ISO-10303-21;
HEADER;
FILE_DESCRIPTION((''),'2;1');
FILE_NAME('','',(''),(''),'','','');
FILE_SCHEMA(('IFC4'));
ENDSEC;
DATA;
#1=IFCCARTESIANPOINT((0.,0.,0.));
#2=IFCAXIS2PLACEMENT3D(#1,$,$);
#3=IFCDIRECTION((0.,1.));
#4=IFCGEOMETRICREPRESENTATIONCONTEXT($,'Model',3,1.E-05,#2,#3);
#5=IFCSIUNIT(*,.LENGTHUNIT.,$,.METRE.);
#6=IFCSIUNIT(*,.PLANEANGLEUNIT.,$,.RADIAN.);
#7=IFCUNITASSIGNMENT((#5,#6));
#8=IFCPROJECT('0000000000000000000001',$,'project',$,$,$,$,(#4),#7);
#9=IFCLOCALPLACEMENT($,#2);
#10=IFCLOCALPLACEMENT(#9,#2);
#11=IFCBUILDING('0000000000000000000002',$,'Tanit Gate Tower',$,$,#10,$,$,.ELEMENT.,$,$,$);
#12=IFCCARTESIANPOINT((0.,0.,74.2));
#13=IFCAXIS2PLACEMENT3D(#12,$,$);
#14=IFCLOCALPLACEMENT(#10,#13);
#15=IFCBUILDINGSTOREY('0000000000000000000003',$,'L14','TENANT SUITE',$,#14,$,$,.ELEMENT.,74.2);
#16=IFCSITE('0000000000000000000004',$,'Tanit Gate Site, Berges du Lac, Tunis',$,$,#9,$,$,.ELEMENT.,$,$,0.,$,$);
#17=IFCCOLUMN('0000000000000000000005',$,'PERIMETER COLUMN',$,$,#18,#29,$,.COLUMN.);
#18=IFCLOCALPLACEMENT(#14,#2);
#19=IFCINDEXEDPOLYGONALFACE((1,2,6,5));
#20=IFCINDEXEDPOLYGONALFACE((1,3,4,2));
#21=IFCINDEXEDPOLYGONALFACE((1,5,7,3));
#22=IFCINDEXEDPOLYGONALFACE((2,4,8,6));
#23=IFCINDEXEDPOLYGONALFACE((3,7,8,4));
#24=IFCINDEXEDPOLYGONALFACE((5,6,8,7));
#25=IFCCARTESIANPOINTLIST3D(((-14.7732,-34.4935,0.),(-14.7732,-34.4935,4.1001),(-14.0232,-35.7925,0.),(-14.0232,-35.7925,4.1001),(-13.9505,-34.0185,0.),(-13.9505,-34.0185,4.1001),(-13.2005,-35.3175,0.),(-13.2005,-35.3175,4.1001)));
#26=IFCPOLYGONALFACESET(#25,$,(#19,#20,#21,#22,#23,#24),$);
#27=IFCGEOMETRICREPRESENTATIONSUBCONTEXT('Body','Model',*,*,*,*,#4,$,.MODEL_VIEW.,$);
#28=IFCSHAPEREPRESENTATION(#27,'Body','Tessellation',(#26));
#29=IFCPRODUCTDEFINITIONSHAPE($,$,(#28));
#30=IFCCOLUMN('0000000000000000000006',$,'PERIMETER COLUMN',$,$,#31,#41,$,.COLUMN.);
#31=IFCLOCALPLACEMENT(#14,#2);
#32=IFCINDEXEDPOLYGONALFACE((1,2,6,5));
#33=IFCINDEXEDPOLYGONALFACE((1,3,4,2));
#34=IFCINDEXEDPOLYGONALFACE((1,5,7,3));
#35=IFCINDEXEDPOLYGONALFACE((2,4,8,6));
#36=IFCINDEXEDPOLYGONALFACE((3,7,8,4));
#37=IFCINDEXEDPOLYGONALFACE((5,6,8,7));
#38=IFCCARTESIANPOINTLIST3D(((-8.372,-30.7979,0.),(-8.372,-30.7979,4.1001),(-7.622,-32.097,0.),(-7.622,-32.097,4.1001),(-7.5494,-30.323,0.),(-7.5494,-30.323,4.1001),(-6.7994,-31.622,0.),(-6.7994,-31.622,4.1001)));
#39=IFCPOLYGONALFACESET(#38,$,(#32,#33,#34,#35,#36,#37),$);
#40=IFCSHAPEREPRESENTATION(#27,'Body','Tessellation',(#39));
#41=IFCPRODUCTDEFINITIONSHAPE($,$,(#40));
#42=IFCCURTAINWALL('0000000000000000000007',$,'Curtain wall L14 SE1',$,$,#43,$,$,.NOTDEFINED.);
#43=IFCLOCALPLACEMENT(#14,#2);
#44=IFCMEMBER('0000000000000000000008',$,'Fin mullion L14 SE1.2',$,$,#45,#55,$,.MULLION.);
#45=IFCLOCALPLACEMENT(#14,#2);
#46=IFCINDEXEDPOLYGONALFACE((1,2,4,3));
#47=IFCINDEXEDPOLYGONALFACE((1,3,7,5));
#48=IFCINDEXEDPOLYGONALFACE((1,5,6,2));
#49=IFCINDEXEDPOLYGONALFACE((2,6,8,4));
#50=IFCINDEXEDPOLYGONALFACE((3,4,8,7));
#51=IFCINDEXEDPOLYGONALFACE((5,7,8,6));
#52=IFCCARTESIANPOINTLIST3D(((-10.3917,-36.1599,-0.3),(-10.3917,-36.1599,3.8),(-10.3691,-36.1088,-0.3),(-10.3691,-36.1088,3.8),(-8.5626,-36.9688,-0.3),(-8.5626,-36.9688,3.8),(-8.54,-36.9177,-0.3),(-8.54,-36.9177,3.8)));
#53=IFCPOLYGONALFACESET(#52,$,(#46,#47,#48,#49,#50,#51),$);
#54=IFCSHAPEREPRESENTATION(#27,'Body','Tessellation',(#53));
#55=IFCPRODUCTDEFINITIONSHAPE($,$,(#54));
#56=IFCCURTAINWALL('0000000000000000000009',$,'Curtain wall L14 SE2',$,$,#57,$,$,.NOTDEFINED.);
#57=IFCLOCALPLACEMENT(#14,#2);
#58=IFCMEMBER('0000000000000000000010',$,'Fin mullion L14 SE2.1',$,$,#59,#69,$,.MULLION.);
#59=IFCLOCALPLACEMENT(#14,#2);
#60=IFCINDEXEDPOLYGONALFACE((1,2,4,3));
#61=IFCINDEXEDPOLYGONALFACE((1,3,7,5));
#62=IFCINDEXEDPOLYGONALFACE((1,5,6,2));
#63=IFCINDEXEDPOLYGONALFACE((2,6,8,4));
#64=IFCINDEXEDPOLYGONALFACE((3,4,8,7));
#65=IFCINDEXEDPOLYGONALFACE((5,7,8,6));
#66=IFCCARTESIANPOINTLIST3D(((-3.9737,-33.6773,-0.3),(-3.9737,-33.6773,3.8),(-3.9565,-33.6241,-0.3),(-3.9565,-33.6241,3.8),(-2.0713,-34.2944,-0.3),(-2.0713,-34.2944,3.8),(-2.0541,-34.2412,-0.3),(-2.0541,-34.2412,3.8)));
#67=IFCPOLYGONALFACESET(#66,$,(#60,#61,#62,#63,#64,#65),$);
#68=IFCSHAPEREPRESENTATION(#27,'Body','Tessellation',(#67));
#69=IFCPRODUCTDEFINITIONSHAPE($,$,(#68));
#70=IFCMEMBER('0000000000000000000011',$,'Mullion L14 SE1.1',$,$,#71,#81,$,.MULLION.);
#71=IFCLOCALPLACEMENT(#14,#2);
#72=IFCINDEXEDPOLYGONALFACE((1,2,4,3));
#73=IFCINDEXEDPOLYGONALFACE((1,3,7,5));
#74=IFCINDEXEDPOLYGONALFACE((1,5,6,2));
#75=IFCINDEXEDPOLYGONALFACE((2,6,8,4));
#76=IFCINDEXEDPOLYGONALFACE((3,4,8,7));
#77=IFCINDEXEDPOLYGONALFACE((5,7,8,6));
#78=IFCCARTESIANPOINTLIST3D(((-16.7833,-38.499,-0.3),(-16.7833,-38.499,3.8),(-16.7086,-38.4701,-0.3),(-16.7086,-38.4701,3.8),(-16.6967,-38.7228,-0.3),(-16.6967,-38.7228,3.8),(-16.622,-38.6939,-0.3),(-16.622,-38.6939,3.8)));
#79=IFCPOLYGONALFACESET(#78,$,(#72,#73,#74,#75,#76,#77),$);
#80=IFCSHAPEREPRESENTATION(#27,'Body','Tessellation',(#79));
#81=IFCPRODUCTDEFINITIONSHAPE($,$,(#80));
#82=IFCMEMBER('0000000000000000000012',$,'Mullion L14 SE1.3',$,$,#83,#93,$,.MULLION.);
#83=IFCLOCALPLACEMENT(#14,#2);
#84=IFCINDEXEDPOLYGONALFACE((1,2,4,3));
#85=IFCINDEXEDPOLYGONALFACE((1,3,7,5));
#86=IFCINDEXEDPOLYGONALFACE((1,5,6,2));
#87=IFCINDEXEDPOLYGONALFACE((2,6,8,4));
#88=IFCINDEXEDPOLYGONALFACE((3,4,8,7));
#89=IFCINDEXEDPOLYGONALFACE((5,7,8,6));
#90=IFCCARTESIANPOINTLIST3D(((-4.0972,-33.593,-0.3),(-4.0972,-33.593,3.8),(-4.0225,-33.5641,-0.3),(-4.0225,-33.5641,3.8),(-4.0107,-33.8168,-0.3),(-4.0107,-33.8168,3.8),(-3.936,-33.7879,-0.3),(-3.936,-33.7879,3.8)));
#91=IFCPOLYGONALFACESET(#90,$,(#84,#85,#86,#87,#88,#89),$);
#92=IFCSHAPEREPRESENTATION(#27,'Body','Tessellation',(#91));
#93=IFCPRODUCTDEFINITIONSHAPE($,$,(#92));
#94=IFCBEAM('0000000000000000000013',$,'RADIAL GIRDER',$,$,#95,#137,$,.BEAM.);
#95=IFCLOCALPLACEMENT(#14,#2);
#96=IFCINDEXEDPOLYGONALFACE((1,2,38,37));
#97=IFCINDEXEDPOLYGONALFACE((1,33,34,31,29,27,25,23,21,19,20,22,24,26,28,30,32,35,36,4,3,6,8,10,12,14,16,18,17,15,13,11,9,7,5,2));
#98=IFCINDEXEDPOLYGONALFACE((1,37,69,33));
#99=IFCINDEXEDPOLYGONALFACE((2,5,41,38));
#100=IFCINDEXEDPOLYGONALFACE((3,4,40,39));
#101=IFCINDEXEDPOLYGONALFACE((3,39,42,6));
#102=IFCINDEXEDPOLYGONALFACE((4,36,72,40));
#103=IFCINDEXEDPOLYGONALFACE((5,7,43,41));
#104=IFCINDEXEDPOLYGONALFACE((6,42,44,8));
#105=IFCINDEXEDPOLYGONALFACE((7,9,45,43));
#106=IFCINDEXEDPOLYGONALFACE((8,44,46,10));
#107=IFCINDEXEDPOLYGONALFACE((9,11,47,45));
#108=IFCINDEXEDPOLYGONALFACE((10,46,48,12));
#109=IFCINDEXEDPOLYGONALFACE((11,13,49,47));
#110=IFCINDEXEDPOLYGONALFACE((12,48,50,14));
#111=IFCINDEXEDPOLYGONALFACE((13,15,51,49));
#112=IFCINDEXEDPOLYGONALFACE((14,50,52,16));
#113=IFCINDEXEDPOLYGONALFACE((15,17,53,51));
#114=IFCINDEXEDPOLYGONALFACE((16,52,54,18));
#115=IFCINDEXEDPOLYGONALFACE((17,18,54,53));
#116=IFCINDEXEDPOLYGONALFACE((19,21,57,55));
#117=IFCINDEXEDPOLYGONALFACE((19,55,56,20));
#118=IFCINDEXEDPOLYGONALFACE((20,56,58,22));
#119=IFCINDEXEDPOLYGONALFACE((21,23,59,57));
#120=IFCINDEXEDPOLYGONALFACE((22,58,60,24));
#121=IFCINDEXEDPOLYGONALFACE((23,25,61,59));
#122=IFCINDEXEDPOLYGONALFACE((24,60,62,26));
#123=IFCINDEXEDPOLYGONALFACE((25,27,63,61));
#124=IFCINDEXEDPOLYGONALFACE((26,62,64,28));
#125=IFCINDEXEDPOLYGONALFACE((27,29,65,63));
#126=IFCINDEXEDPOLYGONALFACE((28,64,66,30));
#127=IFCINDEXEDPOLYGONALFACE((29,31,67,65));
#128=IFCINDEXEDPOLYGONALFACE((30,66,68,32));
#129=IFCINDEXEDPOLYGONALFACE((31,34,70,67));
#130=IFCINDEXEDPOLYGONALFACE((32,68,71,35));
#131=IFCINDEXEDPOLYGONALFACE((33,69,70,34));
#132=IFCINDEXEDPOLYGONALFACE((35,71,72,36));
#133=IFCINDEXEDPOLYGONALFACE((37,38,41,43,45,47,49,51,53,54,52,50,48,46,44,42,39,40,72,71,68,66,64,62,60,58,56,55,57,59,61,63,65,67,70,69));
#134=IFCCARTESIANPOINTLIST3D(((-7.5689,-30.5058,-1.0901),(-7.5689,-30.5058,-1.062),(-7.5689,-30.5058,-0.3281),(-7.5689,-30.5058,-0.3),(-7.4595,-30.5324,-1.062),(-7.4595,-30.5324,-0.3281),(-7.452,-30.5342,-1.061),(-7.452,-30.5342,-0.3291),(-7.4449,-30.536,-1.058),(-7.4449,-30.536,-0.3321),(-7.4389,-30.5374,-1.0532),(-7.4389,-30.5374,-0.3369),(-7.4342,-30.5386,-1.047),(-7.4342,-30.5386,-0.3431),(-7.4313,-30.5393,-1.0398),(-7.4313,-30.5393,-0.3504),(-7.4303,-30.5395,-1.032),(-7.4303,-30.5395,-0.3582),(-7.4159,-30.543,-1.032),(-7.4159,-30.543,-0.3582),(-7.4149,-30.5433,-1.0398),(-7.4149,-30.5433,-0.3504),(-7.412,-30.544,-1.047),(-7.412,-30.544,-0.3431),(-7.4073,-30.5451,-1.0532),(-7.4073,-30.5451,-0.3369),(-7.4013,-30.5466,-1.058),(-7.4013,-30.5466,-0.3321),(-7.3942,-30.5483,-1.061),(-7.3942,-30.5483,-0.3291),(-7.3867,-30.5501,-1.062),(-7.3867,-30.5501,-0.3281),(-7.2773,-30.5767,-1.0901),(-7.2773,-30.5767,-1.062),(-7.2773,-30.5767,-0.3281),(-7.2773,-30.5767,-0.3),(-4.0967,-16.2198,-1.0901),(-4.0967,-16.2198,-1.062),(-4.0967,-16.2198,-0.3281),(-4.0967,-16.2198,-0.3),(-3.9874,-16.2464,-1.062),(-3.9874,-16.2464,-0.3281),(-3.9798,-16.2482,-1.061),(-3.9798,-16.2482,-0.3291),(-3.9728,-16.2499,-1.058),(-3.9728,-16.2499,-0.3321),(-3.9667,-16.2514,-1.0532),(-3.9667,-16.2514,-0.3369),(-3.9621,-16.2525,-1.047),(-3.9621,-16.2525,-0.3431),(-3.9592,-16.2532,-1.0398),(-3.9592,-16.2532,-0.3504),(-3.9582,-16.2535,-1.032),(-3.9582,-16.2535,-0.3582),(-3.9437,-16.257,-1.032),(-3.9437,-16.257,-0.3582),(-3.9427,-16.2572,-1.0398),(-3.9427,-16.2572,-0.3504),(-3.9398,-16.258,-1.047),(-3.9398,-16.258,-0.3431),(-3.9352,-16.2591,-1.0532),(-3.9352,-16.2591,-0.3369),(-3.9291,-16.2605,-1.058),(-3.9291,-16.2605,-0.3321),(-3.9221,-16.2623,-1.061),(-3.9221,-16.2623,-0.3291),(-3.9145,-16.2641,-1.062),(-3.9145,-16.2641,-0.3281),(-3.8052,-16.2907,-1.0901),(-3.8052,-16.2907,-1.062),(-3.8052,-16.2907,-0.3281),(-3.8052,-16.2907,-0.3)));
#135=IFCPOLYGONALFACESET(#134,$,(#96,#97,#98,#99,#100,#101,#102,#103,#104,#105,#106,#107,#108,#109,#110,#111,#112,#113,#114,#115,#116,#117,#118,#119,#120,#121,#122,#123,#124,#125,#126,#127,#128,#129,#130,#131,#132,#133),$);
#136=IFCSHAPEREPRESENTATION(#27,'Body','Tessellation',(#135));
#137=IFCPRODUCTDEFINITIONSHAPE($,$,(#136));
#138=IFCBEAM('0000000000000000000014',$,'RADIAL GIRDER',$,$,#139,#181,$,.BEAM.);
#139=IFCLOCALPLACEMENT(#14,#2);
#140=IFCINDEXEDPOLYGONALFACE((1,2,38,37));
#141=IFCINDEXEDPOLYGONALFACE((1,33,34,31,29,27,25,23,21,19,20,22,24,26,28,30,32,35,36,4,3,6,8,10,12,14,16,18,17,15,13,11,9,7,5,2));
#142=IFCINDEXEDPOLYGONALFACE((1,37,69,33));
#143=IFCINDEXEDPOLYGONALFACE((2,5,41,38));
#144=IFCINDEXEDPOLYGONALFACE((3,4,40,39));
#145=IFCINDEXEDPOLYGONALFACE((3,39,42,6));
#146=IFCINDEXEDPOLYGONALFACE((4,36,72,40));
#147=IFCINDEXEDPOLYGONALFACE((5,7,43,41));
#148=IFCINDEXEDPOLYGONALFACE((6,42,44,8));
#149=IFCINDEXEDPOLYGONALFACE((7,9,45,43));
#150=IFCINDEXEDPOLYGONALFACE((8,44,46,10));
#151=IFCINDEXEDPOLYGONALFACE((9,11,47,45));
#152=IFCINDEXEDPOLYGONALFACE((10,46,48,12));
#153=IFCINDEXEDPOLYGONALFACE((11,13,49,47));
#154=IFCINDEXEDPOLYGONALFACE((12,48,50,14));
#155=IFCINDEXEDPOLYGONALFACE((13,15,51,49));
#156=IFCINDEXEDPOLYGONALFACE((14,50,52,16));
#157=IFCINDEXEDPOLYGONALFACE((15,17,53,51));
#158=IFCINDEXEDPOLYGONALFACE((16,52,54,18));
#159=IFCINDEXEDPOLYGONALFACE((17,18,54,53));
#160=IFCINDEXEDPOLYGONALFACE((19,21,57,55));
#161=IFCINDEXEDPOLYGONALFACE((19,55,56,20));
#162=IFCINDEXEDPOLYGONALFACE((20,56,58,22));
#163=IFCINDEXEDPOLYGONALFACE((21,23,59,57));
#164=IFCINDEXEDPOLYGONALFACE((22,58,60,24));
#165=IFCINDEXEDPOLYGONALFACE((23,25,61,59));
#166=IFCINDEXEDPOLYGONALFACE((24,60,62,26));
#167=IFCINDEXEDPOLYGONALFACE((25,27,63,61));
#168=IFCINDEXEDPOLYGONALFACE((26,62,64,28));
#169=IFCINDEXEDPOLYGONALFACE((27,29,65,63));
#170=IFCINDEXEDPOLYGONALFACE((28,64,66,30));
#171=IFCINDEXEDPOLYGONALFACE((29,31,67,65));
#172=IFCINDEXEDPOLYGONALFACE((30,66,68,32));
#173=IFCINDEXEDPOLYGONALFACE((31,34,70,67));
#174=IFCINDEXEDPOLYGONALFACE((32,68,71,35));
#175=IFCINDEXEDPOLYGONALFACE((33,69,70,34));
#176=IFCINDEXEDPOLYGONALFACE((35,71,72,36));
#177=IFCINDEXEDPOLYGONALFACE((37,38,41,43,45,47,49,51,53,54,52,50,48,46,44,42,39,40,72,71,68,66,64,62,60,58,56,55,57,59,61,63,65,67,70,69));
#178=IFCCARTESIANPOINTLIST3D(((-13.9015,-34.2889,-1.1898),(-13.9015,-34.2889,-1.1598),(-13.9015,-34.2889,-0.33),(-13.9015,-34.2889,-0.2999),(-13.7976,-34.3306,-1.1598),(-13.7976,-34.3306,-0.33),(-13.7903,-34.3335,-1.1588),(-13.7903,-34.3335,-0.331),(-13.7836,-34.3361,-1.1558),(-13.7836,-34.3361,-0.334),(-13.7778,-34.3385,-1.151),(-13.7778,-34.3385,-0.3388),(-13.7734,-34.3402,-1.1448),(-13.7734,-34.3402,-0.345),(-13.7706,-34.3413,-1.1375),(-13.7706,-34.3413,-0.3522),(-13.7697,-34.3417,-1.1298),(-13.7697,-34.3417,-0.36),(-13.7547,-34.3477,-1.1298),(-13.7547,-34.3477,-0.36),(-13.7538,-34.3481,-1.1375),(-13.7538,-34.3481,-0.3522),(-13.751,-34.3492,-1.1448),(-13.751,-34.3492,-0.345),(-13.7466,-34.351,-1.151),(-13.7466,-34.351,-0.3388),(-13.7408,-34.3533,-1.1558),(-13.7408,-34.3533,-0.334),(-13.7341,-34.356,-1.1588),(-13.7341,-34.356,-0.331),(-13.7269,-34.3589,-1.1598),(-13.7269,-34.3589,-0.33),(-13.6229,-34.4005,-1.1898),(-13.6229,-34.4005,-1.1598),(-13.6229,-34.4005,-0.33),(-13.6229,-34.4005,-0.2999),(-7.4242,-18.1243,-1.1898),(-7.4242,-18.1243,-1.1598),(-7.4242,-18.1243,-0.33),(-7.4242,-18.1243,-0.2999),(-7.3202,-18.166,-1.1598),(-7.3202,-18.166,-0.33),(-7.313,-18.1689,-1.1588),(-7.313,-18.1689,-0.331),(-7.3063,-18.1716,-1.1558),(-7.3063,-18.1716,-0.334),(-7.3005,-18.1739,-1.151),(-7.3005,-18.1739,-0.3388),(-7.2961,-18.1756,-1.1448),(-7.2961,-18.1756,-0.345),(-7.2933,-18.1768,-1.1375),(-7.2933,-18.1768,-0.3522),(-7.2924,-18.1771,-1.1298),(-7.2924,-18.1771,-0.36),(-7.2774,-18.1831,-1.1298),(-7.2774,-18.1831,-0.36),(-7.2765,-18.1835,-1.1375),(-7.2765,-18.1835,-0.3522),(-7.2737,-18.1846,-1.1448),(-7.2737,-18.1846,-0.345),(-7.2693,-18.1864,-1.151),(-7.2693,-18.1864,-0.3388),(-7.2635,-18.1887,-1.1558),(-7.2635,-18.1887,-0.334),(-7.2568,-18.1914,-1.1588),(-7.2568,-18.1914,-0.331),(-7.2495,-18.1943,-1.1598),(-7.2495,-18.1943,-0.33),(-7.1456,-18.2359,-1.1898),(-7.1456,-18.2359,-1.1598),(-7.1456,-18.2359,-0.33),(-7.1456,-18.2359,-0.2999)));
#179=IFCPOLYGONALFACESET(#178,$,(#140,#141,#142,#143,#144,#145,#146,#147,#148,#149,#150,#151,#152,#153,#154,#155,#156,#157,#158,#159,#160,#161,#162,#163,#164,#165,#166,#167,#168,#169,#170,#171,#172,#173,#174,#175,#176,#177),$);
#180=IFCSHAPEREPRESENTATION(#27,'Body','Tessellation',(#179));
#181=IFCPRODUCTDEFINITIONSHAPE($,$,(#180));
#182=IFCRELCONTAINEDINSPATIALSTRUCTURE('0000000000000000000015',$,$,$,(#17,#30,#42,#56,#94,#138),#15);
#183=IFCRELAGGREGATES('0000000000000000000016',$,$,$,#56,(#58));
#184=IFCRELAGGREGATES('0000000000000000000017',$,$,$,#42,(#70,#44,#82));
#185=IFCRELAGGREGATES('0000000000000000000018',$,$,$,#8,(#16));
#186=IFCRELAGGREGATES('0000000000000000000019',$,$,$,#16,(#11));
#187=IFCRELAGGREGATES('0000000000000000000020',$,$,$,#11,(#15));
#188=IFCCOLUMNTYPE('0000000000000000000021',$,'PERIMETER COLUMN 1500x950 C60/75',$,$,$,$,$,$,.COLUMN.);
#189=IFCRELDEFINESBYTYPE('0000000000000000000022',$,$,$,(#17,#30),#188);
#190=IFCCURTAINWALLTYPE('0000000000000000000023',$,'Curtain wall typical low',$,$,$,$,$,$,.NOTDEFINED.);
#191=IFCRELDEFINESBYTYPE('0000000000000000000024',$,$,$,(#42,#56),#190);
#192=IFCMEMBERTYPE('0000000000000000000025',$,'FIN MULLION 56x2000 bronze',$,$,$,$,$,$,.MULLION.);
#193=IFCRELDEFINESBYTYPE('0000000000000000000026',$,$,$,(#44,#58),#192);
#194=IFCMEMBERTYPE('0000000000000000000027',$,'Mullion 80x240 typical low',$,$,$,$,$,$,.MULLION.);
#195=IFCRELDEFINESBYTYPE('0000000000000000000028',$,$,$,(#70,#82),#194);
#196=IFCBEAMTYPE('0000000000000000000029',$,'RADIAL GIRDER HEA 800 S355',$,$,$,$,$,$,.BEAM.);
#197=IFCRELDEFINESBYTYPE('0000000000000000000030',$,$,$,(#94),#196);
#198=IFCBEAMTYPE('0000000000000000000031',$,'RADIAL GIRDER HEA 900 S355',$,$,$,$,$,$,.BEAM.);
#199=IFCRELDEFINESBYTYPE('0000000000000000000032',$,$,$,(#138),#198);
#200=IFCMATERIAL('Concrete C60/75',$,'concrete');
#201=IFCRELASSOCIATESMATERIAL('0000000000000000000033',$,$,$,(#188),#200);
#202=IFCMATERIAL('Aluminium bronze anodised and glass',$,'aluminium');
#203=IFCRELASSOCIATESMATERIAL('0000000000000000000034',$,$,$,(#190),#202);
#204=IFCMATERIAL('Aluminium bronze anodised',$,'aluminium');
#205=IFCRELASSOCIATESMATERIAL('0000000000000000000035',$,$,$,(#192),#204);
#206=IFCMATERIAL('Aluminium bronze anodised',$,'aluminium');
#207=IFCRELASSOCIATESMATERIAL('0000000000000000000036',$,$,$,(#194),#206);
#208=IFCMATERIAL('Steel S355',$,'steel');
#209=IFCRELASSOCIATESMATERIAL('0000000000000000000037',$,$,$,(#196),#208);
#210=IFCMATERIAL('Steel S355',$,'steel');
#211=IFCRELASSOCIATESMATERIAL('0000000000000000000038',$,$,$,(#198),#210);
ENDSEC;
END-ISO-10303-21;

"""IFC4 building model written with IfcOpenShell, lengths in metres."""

from ifc_helpers import new_model, si_unit, direction, frame, origin, origin_2d, place, context, subcontext, project, spatial, rectangle, i_section, extrude, material, material_profile, profile_set, type_object, element, aggregate, save


model = new_model("IFC4")

# Units and contexts
model_context = context("Model", 3, precision=1e-05, world=origin(), true_north=direction((0.0, 1.0)))
body_context = subcontext(model_context, "Body", "Model", "MODEL_VIEW")
ifc_project = project(units=[si_unit("LENGTHUNIT", "METRE"), si_unit("PLANEANGLEUNIT", "RADIAN")], contexts=[model_context])

# Site, building, storey
site_placement = place(None, origin())
site = spatial("IfcSite", under=ifc_project, at=site_placement, Name="Tanit Gate Site, Berges du Lac, Tunis", CompositionType="ELEMENT", RefElevation=0.0)
building_placement = place(site_placement, origin())
building = spatial("IfcBuilding", under=site, at=building_placement, Name="Tanit Gate Tower", CompositionType="ELEMENT")
storey_placement = place(building_placement, frame((0.0, 0.0, 74.2)))
storey = spatial("IfcBuildingStorey", under=building, at=storey_placement, Name="L14", Description="TENANT SUITE", CompositionType="ELEMENT", Elevation=74.2)

# Columns
ifc_material_1 = material(Name="Concrete C60/75", Category="concrete")
ifc_material_profile_1 = material_profile(ifc_material_1, rectangle(XDim=1.5, YDim=0.95, at=origin_2d()), Name="RC 1500x950")
ifc_profile_set_1 = profile_set([ifc_material_profile_1], Name="Concrete C60/75")
column_type = type_object("IfcColumnType", Name="PERIMETER COLUMN 1500x950 C60/75", PredefinedType="COLUMN", material=ifc_profile_set_1)
for number, where, z_axis, x_axis, name in (
    (1, (-13.9868, -34.9055, 0.0), (0.0, 0.0, 1.0), (0.5, -0.866025, 0.0), "PERIMETER COLUMN"),
    (2, (-7.5857, -31.21, 0.0), (0.0, 0.0, 1.0), (0.5, -0.866025, 0.0), "PERIMETER COLUMN"),
):
    element("IfcColumn", number, at=place(storey_placement, frame(where, z_axis=z_axis, x_axis=x_axis)), inside=storey, type_object=column_type, Name=name, PredefinedType="COLUMN", context=body_context, shape_type="SweptSolid", body=[
        extrude(rectangle(XDim=1.5, YDim=0.95, at=origin_2d()), origin(), (0.0, 0.0, 1.0), 4.1001),
    ])

# Curtain walls, members
ifc_material_2 = material(Name="Aluminium bronze anodised and glass", Category="aluminium")
curtain_wall_type = type_object("IfcCurtainWallType", Name="Curtain wall typical low", PredefinedType="NOTDEFINED", material=ifc_material_2)
curtain_wall_1_placement = place(storey_placement, origin())
curtain_wall_1 = element("IfcCurtainWall", 3, at=curtain_wall_1_placement, inside=storey, type_object=curtain_wall_type, Name="Curtain wall L14 SE1", PredefinedType="NOTDEFINED")
ifc_material_3 = material(Name="Aluminium bronze anodised", Category="aluminium")
ifc_material_profile_2 = material_profile(ifc_material_3, rectangle(XDim=2.0, YDim=0.0559, at=origin_2d()), Name="56x2000 bronze fin mullion")
ifc_profile_set_2 = profile_set([ifc_material_profile_2], Name="Aluminium bronze anodised")
member_type_1 = type_object("IfcMemberType", Name="FIN MULLION 56x2000 bronze", PredefinedType="MULLION", material=ifc_profile_set_2)
member_1_placement = place(storey_placement, frame((-9.4658, -36.5388, -0.3), z_axis=(0.0, 0.0, 1.0), x_axis=(-0.91456, 0.404449, 0.0)))
member_1 = element("IfcMember", 4, at=member_1_placement, type_object=member_type_1, Name="Fin mullion L14 SE1.2", PredefinedType="MULLION", context=body_context, shape_type="SweptSolid", body=[
    extrude(rectangle(XDim=2.0, YDim=0.0559, at=origin_2d()), origin(), (0.0, 0.0, 1.0), 4.1001),
])
curtain_wall_2_placement = place(storey_placement, origin())
curtain_wall_2 = element("IfcCurtainWall", 5, at=curtain_wall_2_placement, inside=storey, type_object=curtain_wall_type, Name="Curtain wall L14 SE2", PredefinedType="NOTDEFINED")
member_2_placement = place(storey_placement, frame((-3.0139, -33.9592, -0.3), z_axis=(0.0, 0.0, 1.0), x_axis=(-0.951202, 0.308568, 0.0)))
member_2 = element("IfcMember", 6, at=member_2_placement, type_object=member_type_1, Name="Fin mullion L14 SE2.1", PredefinedType="MULLION", context=body_context, shape_type="SweptSolid", body=[
    extrude(rectangle(XDim=2.0, YDim=0.0559, at=origin_2d()), origin(), (0.0, 0.0, 1.0), 4.1001),
])

# Members
ifc_material_4 = material(Name="Aluminium bronze anodised", Category="aluminium")
ifc_material_profile_3 = material_profile(ifc_material_4, rectangle(XDim=0.24, YDim=0.0801, at=origin_2d()), Name="80x240 bronze mullion")
ifc_profile_set_3 = profile_set([ifc_material_profile_3], Name="Aluminium bronze anodised")
member_type_2 = type_object("IfcMemberType", Name="Mullion 80x240 typical low", PredefinedType="MULLION", material=ifc_profile_set_3)
member_3_placement = place(storey_placement, frame((-16.7026, -38.5964, -0.3), z_axis=(0.0, 0.0, 1.0), x_axis=(-0.360703, 0.932681, 0.0)))
member_3 = element("IfcMember", 7, at=member_3_placement, type_object=member_type_2, Name="Mullion L14 SE1.1", PredefinedType="MULLION", context=body_context, shape_type="SweptSolid", body=[
    extrude(rectangle(XDim=0.24, YDim=0.0801, at=origin_2d()), origin(), (0.0, 0.0, 1.0), 4.1001),
])
member_4_placement = place(storey_placement, frame((-4.0166, -33.6904, -0.3), z_axis=(0.0, 0.0, 1.0), x_axis=(-0.360703, 0.932681, 0.0)))
member_4 = element("IfcMember", 8, at=member_4_placement, type_object=member_type_2, Name="Mullion L14 SE1.3", PredefinedType="MULLION", context=body_context, shape_type="SweptSolid", body=[
    extrude(rectangle(XDim=0.24, YDim=0.0801, at=origin_2d()), origin(), (0.0, 0.0, 1.0), 4.1001),
])

# Beams
ifc_material_5 = material(Name="Steel S355", Category="steel")
ifc_material_profile_4 = material_profile(ifc_material_5, i_section(OverallWidth=0.3, OverallDepth=0.79, WebThickness=0.0149, FlangeThickness=0.0281, FilletRadius=0.03, at=origin_2d()), Name="HEA 800")
ifc_profile_set_4 = profile_set([ifc_material_profile_4], Name="Steel S355")
beam_type_1 = type_object("IfcBeamType", Name="RADIAL GIRDER HEA 800 S355", PredefinedType="BEAM", material=ifc_profile_set_4)
beam_1_placement = place(storey_placement, frame((-7.4231, -30.5413, -0.6951), z_axis=(0.236169, 0.971712, 0.0), x_axis=(-0.971712, 0.236169, 0.0)))
element("IfcBeam", 9, at=beam_1_placement, inside=storey, type_object=beam_type_1, Name="RADIAL GIRDER", PredefinedType="BEAM", context=body_context, shape_type="SweptSolid", body=[
    extrude(i_section(OverallWidth=0.3, OverallDepth=0.79, WebThickness=0.0149, FlangeThickness=0.0281, FilletRadius=0.03, at=origin_2d()), origin(), (0.0, 0.0, 1.0), 14.7019),
])
ifc_material_6 = material(Name="Steel S355", Category="steel")
ifc_material_profile_5 = material_profile(ifc_material_6, i_section(OverallWidth=0.3, OverallDepth=0.8899, WebThickness=0.0161, FlangeThickness=0.03, FilletRadius=0.03, at=origin_2d()), Name="HEA 900")
ifc_profile_set_5 = profile_set([ifc_material_profile_5], Name="Steel S355")
beam_type_2 = type_object("IfcBeamType", Name="RADIAL GIRDER HEA 900 S355", PredefinedType="BEAM", material=ifc_profile_set_5)
beam_2_placement = place(storey_placement, frame((-13.7622, -34.3447, -0.7449), z_axis=(0.371959, 0.928249, 0.0), x_axis=(-0.928249, 0.371959, 0.0)))
element("IfcBeam", 10, at=beam_2_placement, inside=storey, type_object=beam_type_2, Name="RADIAL GIRDER", PredefinedType="BEAM", context=body_context, shape_type="SweptSolid", body=[
    extrude(i_section(OverallWidth=0.3, OverallDepth=0.8899, WebThickness=0.0161, FlangeThickness=0.03, FilletRadius=0.03, at=origin_2d()), origin(), (0.0, 0.0, 1.0), 17.4141),
])

aggregate(curtain_wall_2, [member_2])

aggregate(curtain_wall_1, [member_3, member_1, member_4])

save(model, "model.ifc")
